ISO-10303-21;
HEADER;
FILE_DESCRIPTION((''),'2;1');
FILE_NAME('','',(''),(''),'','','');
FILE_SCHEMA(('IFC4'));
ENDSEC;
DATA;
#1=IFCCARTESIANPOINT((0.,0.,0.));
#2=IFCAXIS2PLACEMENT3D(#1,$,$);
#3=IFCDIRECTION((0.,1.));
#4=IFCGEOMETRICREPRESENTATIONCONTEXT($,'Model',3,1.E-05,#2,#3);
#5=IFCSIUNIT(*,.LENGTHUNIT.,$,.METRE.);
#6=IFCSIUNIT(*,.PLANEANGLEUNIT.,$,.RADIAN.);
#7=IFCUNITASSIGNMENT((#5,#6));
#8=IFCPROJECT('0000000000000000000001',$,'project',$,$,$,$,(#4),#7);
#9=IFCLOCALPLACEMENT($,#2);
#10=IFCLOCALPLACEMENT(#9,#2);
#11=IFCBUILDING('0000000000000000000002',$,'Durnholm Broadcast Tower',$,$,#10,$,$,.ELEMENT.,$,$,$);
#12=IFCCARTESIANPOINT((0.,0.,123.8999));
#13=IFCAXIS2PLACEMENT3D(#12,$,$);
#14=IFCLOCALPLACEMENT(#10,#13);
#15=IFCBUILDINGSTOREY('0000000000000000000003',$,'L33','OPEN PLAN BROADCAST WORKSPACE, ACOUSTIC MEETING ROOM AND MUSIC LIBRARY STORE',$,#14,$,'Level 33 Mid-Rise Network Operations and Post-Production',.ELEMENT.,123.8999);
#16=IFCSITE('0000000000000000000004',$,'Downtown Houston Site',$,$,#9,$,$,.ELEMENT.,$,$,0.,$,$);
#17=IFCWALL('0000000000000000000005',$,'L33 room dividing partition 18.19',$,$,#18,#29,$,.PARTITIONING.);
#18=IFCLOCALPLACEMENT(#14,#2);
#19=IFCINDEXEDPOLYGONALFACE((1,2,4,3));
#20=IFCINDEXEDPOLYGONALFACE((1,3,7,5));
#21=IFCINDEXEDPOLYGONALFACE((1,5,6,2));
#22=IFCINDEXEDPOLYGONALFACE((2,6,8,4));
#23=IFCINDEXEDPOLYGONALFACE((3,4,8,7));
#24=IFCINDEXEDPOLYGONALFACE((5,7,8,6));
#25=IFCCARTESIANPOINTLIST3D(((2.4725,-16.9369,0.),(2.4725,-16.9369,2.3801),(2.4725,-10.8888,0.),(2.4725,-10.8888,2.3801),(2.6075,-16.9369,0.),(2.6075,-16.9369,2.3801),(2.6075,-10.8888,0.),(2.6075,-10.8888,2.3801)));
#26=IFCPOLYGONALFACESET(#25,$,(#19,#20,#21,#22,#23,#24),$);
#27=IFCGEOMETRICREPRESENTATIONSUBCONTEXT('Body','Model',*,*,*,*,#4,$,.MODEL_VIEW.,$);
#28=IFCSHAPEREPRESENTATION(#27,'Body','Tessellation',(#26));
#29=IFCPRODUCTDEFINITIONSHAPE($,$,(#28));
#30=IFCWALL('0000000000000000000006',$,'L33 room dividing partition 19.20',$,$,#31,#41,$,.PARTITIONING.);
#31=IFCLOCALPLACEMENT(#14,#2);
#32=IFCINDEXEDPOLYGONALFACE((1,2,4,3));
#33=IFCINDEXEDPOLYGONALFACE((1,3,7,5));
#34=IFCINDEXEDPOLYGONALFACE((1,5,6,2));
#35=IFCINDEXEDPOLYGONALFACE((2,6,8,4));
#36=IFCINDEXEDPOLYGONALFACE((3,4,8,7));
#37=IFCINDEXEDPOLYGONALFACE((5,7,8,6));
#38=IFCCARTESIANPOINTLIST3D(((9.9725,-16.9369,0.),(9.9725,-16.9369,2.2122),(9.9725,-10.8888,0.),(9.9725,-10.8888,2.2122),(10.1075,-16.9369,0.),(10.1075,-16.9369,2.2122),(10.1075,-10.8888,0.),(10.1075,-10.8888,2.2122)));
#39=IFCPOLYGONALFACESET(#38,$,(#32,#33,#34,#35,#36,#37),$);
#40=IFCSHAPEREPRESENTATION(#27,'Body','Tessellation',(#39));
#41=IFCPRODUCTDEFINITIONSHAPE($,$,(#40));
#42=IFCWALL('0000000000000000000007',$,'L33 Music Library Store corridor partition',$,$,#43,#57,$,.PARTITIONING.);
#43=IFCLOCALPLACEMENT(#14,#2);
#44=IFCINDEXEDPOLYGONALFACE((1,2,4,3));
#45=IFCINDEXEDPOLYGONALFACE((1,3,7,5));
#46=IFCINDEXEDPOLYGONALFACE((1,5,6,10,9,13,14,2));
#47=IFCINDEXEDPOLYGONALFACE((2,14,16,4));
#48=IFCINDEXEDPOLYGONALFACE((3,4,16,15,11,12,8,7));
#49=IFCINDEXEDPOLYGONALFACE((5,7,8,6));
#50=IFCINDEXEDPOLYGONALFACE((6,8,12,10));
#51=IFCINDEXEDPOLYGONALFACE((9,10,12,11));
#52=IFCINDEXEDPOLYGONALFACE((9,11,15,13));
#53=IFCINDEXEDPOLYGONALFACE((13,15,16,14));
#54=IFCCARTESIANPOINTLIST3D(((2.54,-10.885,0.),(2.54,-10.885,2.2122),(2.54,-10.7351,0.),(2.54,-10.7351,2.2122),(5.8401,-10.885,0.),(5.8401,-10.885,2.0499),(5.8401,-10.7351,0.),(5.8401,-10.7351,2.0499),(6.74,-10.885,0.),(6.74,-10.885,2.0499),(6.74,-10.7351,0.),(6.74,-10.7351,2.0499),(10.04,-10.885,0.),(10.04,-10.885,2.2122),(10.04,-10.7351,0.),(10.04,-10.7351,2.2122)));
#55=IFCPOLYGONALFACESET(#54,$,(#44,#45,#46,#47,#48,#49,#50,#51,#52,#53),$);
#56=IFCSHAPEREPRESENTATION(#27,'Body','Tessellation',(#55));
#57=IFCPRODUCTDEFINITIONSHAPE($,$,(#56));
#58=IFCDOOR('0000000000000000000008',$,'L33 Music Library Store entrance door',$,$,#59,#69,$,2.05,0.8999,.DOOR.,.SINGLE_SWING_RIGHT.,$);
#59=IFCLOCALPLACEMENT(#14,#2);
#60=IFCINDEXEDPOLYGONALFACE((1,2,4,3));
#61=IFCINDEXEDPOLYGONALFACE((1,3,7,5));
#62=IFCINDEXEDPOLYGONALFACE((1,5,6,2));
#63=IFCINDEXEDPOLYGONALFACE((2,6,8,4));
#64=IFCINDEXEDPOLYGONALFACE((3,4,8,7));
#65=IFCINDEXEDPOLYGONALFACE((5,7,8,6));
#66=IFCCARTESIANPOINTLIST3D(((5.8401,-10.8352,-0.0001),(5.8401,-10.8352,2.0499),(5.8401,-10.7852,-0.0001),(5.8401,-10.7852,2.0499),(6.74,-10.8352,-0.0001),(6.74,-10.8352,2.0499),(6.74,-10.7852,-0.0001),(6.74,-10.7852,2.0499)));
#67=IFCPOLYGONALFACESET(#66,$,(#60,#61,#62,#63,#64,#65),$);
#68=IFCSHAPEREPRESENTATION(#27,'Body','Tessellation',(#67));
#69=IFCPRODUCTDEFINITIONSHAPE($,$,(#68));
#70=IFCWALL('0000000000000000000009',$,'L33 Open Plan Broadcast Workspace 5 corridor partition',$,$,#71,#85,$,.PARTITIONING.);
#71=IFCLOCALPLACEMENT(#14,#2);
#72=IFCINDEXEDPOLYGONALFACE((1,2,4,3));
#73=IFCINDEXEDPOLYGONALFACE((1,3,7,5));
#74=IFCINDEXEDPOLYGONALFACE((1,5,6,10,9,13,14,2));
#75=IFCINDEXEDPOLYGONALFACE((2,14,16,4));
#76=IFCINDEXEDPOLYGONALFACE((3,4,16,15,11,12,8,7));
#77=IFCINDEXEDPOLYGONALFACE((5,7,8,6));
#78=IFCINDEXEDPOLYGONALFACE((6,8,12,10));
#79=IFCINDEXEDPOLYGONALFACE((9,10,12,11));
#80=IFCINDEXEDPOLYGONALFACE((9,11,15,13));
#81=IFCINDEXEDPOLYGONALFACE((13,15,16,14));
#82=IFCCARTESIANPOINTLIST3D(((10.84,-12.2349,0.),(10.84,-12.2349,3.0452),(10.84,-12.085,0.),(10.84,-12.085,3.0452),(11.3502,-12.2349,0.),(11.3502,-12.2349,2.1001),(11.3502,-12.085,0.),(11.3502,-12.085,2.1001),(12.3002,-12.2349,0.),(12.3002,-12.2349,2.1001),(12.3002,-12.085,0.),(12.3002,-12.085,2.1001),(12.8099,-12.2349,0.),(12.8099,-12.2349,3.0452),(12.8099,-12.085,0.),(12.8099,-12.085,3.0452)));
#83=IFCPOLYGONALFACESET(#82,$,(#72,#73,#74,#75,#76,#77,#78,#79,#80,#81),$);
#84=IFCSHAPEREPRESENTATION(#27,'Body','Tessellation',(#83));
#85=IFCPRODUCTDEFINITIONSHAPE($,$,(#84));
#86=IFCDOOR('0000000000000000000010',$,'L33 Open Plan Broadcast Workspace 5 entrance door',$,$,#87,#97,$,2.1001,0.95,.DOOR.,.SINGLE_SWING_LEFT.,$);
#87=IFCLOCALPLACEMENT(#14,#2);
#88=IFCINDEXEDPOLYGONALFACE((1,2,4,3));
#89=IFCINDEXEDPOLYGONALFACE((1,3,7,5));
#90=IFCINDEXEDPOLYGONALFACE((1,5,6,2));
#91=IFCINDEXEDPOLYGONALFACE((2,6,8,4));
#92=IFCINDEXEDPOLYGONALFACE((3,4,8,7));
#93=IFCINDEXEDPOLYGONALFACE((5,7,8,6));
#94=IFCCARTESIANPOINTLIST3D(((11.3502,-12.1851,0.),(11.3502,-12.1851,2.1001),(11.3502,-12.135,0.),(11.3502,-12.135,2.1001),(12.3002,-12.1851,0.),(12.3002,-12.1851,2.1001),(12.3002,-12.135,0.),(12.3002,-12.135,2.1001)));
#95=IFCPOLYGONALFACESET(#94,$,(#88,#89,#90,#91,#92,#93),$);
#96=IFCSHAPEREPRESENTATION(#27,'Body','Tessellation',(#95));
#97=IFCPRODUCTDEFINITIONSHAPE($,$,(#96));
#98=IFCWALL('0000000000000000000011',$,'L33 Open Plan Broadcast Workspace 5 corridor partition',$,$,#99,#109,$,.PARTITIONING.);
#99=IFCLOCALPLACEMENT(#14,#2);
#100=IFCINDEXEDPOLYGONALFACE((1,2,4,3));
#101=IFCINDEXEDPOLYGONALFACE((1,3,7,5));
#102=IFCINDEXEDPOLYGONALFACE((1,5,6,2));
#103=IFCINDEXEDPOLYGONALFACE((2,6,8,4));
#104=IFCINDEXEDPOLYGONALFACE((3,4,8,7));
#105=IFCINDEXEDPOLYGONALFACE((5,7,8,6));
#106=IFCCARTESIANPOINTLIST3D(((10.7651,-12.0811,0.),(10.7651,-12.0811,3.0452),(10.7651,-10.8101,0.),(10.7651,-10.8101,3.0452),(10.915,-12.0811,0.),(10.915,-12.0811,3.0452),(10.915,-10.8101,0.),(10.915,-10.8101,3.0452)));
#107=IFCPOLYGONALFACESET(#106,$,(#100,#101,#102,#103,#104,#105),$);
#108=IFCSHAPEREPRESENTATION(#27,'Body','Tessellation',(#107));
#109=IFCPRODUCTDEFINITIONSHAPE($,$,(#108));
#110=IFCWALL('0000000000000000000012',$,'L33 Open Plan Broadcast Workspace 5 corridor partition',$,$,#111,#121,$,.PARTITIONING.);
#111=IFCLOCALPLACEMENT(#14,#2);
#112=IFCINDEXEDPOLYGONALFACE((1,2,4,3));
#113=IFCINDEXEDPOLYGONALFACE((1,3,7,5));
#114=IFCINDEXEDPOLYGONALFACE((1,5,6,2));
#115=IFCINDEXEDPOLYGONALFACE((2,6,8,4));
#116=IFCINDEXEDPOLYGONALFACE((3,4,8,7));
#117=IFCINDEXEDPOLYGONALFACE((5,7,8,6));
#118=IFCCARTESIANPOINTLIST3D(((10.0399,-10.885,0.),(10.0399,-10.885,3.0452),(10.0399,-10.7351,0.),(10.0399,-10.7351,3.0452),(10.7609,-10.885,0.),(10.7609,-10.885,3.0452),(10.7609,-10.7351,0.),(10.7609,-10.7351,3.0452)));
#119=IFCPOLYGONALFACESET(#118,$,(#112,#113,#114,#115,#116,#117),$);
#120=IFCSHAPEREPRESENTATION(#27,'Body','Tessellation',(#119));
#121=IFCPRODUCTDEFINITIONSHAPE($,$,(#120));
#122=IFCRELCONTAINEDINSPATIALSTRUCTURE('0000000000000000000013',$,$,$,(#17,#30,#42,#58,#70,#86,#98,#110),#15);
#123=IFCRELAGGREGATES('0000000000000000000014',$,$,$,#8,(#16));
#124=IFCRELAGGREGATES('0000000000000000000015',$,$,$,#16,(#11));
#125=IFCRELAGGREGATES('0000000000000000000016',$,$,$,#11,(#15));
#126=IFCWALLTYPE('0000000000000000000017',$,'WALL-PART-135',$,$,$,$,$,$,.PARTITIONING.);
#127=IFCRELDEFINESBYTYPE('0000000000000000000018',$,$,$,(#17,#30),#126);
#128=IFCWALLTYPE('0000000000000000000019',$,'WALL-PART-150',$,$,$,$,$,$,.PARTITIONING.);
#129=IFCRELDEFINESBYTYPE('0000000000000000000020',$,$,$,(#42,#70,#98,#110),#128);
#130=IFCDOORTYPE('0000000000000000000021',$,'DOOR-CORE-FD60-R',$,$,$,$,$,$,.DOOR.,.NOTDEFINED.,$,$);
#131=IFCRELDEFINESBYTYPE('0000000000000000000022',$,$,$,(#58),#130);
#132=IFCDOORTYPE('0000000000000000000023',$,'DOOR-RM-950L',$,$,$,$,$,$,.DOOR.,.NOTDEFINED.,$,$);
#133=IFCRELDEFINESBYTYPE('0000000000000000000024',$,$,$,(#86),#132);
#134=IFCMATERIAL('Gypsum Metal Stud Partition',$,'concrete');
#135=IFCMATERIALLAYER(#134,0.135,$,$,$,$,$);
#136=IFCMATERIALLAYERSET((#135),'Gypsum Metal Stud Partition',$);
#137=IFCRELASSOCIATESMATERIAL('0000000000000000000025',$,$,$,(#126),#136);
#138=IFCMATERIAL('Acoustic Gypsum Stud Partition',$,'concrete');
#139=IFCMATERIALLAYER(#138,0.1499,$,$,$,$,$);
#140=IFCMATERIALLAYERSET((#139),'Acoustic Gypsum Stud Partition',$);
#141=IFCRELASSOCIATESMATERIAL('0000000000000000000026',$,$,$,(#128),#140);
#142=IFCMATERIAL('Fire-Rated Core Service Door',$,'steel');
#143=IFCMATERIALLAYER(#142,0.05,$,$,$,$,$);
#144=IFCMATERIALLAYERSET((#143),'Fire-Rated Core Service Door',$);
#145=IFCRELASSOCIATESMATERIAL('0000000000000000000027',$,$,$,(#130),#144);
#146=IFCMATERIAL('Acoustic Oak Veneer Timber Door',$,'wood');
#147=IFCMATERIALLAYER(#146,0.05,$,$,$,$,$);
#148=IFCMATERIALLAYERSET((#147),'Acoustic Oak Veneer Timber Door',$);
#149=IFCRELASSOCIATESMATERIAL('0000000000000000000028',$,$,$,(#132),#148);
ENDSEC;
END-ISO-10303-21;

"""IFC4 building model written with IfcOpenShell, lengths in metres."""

from ifc_helpers import new_model, si_unit, direction, frame, frame_2d, origin, place, context, subcontext, project, spatial, rectangle, extrude, source, transform, mapped, material, layer, layer_set, type_object, type_shapes, element, fill, save


model = new_model("IFC4")

# Units and contexts
model_context = context("Model", 3, precision=1e-05, world=origin(), true_north=direction((0.0, 1.0)))
body_context = subcontext(model_context, "Body", "Model", "MODEL_VIEW")
ifc_project = project(units=[si_unit("LENGTHUNIT", "METRE"), si_unit("PLANEANGLEUNIT", "RADIAN")], contexts=[model_context])

# Site, building, storey
site_placement = place(None, origin())
site = spatial("IfcSite", under=ifc_project, at=site_placement, Name="Downtown Houston Site", CompositionType="ELEMENT", RefElevation=0.0)
building_placement = place(site_placement, origin())
building = spatial("IfcBuilding", under=site, at=building_placement, Name="Durnholm Broadcast Tower", CompositionType="ELEMENT")
storey_placement = place(building_placement, frame((0.0, 0.0, 123.8999)))
storey = spatial("IfcBuildingStorey", under=building, at=storey_placement, Name="L33", Description="OPEN PLAN BROADCAST WORKSPACE, ACOUSTIC MEETING ROOM AND MUSIC LIBRARY STORE", LongName="Level 33 Mid-Rise Network Operations and Post-Production", CompositionType="ELEMENT", Elevation=123.8999)

# Walls
ifc_material_1 = material(Name="Gypsum Metal Stud Partition", Category="concrete")
ifc_layer_1 = layer(ifc_material_1, 0.135)
ifc_layer_set_1 = layer_set([ifc_layer_1], Name="Gypsum Metal Stud Partition")
wall_type_1 = type_object("IfcWallType", Name="WALL-PART-135", PredefinedType="PARTITIONING", material=ifc_layer_set_1)
wall_1_placement = place(storey_placement, frame((2.54, -10.8889, 0.0), z_axis=(0.0, 0.0, 1.0), x_axis=(0.0, -1.0, 0.0)))
element("IfcWall", 1, at=wall_1_placement, inside=storey, type_object=wall_type_1, Name="L33 room dividing partition 18.19", PredefinedType="PARTITIONING", context=body_context, shape_type="SweptSolid", body=[
    extrude(rectangle(XDim=6.0481, YDim=0.135, at=frame_2d((3.0239, 0.0))), origin(), (0.0, 0.0, 1.0), 2.3801),
])
wall_2_placement = place(storey_placement, frame((10.04, -10.8889, 0.0), z_axis=(0.0, 0.0, 1.0), x_axis=(0.0, -1.0, 0.0)))
element("IfcWall", 2, at=wall_2_placement, inside=storey, type_object=wall_type_1, Name="L33 room dividing partition 19.20", PredefinedType="PARTITIONING", context=body_context, shape_type="SweptSolid", body=[
    extrude(rectangle(XDim=6.0481, YDim=0.135, at=frame_2d((3.0239, 0.0))), origin(), (0.0, 0.0, 1.0), 2.2122),
])

# Walls, openings, doors
ifc_material_2 = material(Name="Acoustic Gypsum Stud Partition", Category="concrete")
ifc_layer_2 = layer(ifc_material_2, 0.1499)
ifc_layer_set_2 = layer_set([ifc_layer_2], Name="Acoustic Gypsum Stud Partition")
wall_type_2 = type_object("IfcWallType", Name="WALL-PART-150", PredefinedType="PARTITIONING", material=ifc_layer_set_2)
wall_3_placement = place(storey_placement, frame((2.54, -10.8101, 0.0), z_axis=(0.0, 0.0, 1.0), x_axis=(1.0, 0.0, 0.0)))
wall_3 = element("IfcWall", 3, at=wall_3_placement, inside=storey, type_object=wall_type_2, Name="L33 Music Library Store corridor partition", PredefinedType="PARTITIONING", context=body_context, shape_type="SweptSolid", body=[
    extrude(rectangle(XDim=7.5, YDim=0.1499, at=frame_2d((3.75, 0.0))), origin(), (0.0, 0.0, 1.0), 2.2122),
])
opening_1_placement = place(wall_3_placement, frame((3.3, 0.0, 0.0)))
opening_1 = element("IfcOpeningElement", 4, at=opening_1_placement, cuts=wall_3, PredefinedType="OPENING", context=body_context, shape_type="SweptSolid", body=[
    extrude(rectangle(XDim=0.8999, YDim=2.05, at=frame_2d((0.45, 1.0249))), frame((0.0, 0.085, 0.0), z_axis=(0.0, -1.0, 0.0), x_axis=(1.0, 0.0, 0.0)), (0.0, 0.0, 1.0), 0.1699),
])
ifc_material_3 = material(Name="Fire-Rated Core Service Door", Category="steel")
ifc_layer_3 = layer(ifc_material_3, 0.05)
ifc_layer_set_3 = layer_set([ifc_layer_3], Name="Fire-Rated Core Service Door")
door_type_1 = type_object("IfcDoorType", Name="DOOR-CORE-FD60-R", OperationType="NOTDEFINED", PredefinedType="DOOR", material=ifc_layer_set_3)
shared_shape_1 = source(origin(), body_context, "Body", "SweptSolid", [
    extrude(rectangle(XDim=0.8999, YDim=2.05, at=frame_2d((0.45, 1.0249))), frame((0.0, 0.0249, 0.0), z_axis=(0.0, -1.0, 0.0), x_axis=(1.0, 0.0, 0.0)), (0.0, 0.0, 1.0), 0.05),
])
type_shapes(door_type_1, [shared_shape_1])
door_1_placement = place(opening_1_placement, origin())
door_1 = element("IfcDoor", 5, at=door_1_placement, inside=storey, type_object=door_type_1, Name="L33 Music Library Store entrance door", OperationType="SINGLE_SWING_RIGHT", OverallHeight=2.05, OverallWidth=0.8999, PredefinedType="DOOR", context=body_context, shape_type="MappedRepresentation", body=[
    mapped(shared_shape_1, transform((0.0, 0.0, 0.0), x_axis=(1.0, 0.0, 0.0), y_axis=(0.0, 1.0, 0.0), z_axis=(0.0, 0.0, 1.0), scale=1.0)),
])
fill(opening_1, door_1)
wall_4_placement = place(storey_placement, frame((10.8401, -12.1599, 0.0), z_axis=(0.0, 0.0, 1.0), x_axis=(1.0, 0.0, 0.0)))
wall_4 = element("IfcWall", 6, at=wall_4_placement, inside=storey, type_object=wall_type_2, Name="L33 Open Plan Broadcast Workspace 5 corridor partition", PredefinedType="PARTITIONING", context=body_context, shape_type="SweptSolid", body=[
    extrude(rectangle(XDim=1.97, YDim=0.1499, at=frame_2d((0.9849, 0.0))), origin(), (0.0, 0.0, 1.0), 3.0452),
])
opening_2_placement = place(wall_4_placement, frame((0.51, 0.0, 0.0)))
opening_2 = element("IfcOpeningElement", 7, at=opening_2_placement, cuts=wall_4, PredefinedType="OPENING", context=body_context, shape_type="SweptSolid", body=[
    extrude(rectangle(XDim=0.95, YDim=2.1001, at=frame_2d((0.4751, 1.05))), frame((0.0, 0.085, 0.0), z_axis=(0.0, -1.0, 0.0), x_axis=(1.0, 0.0, 0.0)), (0.0, 0.0, 1.0), 0.1699),
])
ifc_material_4 = material(Name="Acoustic Oak Veneer Timber Door", Category="wood")
ifc_layer_4 = layer(ifc_material_4, 0.05)
ifc_layer_set_4 = layer_set([ifc_layer_4], Name="Acoustic Oak Veneer Timber Door")
door_type_2 = type_object("IfcDoorType", Name="DOOR-RM-950L", OperationType="NOTDEFINED", PredefinedType="DOOR", material=ifc_layer_set_4)
shared_shape_2 = source(origin(), body_context, "Body", "SweptSolid", [
    extrude(rectangle(XDim=0.95, YDim=2.1001, at=frame_2d((0.4751, 1.05))), frame((0.0, 0.0249, 0.0), z_axis=(0.0, -1.0, 0.0), x_axis=(1.0, 0.0, 0.0)), (0.0, 0.0, 1.0), 0.05),
])
type_shapes(door_type_2, [shared_shape_2])
door_2_placement = place(opening_2_placement, origin())
door_2 = element("IfcDoor", 8, at=door_2_placement, inside=storey, type_object=door_type_2, Name="L33 Open Plan Broadcast Workspace 5 entrance door", OperationType="SINGLE_SWING_LEFT", OverallHeight=2.1001, OverallWidth=0.95, PredefinedType="DOOR", context=body_context, shape_type="MappedRepresentation", body=[
    mapped(shared_shape_2, transform((0.0, 0.0, 0.0), x_axis=(1.0, 0.0, 0.0), y_axis=(0.0, 1.0, 0.0), z_axis=(0.0, 0.0, 1.0), scale=1.0)),
])
fill(opening_2, door_2)

# Walls
wall_5_placement = place(storey_placement, frame((10.8401, -10.8101, 0.0), z_axis=(0.0, 0.0, 1.0), x_axis=(0.0, -1.0, 0.0)))
element("IfcWall", 9, at=wall_5_placement, inside=storey, type_object=wall_type_2, Name="L33 Open Plan Broadcast Workspace 5 corridor partition", PredefinedType="PARTITIONING", context=body_context, shape_type="SweptSolid", body=[
    extrude(rectangle(XDim=1.271, YDim=0.1499, at=frame_2d((0.6355, 0.0))), origin(), (0.0, 0.0, 1.0), 3.0452),
])
wall_6_placement = place(storey_placement, frame((10.04, -10.8101, 0.0), z_axis=(0.0, 0.0, 1.0), x_axis=(1.0, 0.0, 0.0)))
element("IfcWall", 10, at=wall_6_placement, inside=storey, type_object=wall_type_2, Name="L33 Open Plan Broadcast Workspace 5 corridor partition", PredefinedType="PARTITIONING", context=body_context, shape_type="SweptSolid", body=[
    extrude(rectangle(XDim=0.7209, YDim=0.1499, at=frame_2d((0.3604, 0.0))), origin(), (0.0, 0.0, 1.0), 3.0452),
])

save(model, "model.ifc")
